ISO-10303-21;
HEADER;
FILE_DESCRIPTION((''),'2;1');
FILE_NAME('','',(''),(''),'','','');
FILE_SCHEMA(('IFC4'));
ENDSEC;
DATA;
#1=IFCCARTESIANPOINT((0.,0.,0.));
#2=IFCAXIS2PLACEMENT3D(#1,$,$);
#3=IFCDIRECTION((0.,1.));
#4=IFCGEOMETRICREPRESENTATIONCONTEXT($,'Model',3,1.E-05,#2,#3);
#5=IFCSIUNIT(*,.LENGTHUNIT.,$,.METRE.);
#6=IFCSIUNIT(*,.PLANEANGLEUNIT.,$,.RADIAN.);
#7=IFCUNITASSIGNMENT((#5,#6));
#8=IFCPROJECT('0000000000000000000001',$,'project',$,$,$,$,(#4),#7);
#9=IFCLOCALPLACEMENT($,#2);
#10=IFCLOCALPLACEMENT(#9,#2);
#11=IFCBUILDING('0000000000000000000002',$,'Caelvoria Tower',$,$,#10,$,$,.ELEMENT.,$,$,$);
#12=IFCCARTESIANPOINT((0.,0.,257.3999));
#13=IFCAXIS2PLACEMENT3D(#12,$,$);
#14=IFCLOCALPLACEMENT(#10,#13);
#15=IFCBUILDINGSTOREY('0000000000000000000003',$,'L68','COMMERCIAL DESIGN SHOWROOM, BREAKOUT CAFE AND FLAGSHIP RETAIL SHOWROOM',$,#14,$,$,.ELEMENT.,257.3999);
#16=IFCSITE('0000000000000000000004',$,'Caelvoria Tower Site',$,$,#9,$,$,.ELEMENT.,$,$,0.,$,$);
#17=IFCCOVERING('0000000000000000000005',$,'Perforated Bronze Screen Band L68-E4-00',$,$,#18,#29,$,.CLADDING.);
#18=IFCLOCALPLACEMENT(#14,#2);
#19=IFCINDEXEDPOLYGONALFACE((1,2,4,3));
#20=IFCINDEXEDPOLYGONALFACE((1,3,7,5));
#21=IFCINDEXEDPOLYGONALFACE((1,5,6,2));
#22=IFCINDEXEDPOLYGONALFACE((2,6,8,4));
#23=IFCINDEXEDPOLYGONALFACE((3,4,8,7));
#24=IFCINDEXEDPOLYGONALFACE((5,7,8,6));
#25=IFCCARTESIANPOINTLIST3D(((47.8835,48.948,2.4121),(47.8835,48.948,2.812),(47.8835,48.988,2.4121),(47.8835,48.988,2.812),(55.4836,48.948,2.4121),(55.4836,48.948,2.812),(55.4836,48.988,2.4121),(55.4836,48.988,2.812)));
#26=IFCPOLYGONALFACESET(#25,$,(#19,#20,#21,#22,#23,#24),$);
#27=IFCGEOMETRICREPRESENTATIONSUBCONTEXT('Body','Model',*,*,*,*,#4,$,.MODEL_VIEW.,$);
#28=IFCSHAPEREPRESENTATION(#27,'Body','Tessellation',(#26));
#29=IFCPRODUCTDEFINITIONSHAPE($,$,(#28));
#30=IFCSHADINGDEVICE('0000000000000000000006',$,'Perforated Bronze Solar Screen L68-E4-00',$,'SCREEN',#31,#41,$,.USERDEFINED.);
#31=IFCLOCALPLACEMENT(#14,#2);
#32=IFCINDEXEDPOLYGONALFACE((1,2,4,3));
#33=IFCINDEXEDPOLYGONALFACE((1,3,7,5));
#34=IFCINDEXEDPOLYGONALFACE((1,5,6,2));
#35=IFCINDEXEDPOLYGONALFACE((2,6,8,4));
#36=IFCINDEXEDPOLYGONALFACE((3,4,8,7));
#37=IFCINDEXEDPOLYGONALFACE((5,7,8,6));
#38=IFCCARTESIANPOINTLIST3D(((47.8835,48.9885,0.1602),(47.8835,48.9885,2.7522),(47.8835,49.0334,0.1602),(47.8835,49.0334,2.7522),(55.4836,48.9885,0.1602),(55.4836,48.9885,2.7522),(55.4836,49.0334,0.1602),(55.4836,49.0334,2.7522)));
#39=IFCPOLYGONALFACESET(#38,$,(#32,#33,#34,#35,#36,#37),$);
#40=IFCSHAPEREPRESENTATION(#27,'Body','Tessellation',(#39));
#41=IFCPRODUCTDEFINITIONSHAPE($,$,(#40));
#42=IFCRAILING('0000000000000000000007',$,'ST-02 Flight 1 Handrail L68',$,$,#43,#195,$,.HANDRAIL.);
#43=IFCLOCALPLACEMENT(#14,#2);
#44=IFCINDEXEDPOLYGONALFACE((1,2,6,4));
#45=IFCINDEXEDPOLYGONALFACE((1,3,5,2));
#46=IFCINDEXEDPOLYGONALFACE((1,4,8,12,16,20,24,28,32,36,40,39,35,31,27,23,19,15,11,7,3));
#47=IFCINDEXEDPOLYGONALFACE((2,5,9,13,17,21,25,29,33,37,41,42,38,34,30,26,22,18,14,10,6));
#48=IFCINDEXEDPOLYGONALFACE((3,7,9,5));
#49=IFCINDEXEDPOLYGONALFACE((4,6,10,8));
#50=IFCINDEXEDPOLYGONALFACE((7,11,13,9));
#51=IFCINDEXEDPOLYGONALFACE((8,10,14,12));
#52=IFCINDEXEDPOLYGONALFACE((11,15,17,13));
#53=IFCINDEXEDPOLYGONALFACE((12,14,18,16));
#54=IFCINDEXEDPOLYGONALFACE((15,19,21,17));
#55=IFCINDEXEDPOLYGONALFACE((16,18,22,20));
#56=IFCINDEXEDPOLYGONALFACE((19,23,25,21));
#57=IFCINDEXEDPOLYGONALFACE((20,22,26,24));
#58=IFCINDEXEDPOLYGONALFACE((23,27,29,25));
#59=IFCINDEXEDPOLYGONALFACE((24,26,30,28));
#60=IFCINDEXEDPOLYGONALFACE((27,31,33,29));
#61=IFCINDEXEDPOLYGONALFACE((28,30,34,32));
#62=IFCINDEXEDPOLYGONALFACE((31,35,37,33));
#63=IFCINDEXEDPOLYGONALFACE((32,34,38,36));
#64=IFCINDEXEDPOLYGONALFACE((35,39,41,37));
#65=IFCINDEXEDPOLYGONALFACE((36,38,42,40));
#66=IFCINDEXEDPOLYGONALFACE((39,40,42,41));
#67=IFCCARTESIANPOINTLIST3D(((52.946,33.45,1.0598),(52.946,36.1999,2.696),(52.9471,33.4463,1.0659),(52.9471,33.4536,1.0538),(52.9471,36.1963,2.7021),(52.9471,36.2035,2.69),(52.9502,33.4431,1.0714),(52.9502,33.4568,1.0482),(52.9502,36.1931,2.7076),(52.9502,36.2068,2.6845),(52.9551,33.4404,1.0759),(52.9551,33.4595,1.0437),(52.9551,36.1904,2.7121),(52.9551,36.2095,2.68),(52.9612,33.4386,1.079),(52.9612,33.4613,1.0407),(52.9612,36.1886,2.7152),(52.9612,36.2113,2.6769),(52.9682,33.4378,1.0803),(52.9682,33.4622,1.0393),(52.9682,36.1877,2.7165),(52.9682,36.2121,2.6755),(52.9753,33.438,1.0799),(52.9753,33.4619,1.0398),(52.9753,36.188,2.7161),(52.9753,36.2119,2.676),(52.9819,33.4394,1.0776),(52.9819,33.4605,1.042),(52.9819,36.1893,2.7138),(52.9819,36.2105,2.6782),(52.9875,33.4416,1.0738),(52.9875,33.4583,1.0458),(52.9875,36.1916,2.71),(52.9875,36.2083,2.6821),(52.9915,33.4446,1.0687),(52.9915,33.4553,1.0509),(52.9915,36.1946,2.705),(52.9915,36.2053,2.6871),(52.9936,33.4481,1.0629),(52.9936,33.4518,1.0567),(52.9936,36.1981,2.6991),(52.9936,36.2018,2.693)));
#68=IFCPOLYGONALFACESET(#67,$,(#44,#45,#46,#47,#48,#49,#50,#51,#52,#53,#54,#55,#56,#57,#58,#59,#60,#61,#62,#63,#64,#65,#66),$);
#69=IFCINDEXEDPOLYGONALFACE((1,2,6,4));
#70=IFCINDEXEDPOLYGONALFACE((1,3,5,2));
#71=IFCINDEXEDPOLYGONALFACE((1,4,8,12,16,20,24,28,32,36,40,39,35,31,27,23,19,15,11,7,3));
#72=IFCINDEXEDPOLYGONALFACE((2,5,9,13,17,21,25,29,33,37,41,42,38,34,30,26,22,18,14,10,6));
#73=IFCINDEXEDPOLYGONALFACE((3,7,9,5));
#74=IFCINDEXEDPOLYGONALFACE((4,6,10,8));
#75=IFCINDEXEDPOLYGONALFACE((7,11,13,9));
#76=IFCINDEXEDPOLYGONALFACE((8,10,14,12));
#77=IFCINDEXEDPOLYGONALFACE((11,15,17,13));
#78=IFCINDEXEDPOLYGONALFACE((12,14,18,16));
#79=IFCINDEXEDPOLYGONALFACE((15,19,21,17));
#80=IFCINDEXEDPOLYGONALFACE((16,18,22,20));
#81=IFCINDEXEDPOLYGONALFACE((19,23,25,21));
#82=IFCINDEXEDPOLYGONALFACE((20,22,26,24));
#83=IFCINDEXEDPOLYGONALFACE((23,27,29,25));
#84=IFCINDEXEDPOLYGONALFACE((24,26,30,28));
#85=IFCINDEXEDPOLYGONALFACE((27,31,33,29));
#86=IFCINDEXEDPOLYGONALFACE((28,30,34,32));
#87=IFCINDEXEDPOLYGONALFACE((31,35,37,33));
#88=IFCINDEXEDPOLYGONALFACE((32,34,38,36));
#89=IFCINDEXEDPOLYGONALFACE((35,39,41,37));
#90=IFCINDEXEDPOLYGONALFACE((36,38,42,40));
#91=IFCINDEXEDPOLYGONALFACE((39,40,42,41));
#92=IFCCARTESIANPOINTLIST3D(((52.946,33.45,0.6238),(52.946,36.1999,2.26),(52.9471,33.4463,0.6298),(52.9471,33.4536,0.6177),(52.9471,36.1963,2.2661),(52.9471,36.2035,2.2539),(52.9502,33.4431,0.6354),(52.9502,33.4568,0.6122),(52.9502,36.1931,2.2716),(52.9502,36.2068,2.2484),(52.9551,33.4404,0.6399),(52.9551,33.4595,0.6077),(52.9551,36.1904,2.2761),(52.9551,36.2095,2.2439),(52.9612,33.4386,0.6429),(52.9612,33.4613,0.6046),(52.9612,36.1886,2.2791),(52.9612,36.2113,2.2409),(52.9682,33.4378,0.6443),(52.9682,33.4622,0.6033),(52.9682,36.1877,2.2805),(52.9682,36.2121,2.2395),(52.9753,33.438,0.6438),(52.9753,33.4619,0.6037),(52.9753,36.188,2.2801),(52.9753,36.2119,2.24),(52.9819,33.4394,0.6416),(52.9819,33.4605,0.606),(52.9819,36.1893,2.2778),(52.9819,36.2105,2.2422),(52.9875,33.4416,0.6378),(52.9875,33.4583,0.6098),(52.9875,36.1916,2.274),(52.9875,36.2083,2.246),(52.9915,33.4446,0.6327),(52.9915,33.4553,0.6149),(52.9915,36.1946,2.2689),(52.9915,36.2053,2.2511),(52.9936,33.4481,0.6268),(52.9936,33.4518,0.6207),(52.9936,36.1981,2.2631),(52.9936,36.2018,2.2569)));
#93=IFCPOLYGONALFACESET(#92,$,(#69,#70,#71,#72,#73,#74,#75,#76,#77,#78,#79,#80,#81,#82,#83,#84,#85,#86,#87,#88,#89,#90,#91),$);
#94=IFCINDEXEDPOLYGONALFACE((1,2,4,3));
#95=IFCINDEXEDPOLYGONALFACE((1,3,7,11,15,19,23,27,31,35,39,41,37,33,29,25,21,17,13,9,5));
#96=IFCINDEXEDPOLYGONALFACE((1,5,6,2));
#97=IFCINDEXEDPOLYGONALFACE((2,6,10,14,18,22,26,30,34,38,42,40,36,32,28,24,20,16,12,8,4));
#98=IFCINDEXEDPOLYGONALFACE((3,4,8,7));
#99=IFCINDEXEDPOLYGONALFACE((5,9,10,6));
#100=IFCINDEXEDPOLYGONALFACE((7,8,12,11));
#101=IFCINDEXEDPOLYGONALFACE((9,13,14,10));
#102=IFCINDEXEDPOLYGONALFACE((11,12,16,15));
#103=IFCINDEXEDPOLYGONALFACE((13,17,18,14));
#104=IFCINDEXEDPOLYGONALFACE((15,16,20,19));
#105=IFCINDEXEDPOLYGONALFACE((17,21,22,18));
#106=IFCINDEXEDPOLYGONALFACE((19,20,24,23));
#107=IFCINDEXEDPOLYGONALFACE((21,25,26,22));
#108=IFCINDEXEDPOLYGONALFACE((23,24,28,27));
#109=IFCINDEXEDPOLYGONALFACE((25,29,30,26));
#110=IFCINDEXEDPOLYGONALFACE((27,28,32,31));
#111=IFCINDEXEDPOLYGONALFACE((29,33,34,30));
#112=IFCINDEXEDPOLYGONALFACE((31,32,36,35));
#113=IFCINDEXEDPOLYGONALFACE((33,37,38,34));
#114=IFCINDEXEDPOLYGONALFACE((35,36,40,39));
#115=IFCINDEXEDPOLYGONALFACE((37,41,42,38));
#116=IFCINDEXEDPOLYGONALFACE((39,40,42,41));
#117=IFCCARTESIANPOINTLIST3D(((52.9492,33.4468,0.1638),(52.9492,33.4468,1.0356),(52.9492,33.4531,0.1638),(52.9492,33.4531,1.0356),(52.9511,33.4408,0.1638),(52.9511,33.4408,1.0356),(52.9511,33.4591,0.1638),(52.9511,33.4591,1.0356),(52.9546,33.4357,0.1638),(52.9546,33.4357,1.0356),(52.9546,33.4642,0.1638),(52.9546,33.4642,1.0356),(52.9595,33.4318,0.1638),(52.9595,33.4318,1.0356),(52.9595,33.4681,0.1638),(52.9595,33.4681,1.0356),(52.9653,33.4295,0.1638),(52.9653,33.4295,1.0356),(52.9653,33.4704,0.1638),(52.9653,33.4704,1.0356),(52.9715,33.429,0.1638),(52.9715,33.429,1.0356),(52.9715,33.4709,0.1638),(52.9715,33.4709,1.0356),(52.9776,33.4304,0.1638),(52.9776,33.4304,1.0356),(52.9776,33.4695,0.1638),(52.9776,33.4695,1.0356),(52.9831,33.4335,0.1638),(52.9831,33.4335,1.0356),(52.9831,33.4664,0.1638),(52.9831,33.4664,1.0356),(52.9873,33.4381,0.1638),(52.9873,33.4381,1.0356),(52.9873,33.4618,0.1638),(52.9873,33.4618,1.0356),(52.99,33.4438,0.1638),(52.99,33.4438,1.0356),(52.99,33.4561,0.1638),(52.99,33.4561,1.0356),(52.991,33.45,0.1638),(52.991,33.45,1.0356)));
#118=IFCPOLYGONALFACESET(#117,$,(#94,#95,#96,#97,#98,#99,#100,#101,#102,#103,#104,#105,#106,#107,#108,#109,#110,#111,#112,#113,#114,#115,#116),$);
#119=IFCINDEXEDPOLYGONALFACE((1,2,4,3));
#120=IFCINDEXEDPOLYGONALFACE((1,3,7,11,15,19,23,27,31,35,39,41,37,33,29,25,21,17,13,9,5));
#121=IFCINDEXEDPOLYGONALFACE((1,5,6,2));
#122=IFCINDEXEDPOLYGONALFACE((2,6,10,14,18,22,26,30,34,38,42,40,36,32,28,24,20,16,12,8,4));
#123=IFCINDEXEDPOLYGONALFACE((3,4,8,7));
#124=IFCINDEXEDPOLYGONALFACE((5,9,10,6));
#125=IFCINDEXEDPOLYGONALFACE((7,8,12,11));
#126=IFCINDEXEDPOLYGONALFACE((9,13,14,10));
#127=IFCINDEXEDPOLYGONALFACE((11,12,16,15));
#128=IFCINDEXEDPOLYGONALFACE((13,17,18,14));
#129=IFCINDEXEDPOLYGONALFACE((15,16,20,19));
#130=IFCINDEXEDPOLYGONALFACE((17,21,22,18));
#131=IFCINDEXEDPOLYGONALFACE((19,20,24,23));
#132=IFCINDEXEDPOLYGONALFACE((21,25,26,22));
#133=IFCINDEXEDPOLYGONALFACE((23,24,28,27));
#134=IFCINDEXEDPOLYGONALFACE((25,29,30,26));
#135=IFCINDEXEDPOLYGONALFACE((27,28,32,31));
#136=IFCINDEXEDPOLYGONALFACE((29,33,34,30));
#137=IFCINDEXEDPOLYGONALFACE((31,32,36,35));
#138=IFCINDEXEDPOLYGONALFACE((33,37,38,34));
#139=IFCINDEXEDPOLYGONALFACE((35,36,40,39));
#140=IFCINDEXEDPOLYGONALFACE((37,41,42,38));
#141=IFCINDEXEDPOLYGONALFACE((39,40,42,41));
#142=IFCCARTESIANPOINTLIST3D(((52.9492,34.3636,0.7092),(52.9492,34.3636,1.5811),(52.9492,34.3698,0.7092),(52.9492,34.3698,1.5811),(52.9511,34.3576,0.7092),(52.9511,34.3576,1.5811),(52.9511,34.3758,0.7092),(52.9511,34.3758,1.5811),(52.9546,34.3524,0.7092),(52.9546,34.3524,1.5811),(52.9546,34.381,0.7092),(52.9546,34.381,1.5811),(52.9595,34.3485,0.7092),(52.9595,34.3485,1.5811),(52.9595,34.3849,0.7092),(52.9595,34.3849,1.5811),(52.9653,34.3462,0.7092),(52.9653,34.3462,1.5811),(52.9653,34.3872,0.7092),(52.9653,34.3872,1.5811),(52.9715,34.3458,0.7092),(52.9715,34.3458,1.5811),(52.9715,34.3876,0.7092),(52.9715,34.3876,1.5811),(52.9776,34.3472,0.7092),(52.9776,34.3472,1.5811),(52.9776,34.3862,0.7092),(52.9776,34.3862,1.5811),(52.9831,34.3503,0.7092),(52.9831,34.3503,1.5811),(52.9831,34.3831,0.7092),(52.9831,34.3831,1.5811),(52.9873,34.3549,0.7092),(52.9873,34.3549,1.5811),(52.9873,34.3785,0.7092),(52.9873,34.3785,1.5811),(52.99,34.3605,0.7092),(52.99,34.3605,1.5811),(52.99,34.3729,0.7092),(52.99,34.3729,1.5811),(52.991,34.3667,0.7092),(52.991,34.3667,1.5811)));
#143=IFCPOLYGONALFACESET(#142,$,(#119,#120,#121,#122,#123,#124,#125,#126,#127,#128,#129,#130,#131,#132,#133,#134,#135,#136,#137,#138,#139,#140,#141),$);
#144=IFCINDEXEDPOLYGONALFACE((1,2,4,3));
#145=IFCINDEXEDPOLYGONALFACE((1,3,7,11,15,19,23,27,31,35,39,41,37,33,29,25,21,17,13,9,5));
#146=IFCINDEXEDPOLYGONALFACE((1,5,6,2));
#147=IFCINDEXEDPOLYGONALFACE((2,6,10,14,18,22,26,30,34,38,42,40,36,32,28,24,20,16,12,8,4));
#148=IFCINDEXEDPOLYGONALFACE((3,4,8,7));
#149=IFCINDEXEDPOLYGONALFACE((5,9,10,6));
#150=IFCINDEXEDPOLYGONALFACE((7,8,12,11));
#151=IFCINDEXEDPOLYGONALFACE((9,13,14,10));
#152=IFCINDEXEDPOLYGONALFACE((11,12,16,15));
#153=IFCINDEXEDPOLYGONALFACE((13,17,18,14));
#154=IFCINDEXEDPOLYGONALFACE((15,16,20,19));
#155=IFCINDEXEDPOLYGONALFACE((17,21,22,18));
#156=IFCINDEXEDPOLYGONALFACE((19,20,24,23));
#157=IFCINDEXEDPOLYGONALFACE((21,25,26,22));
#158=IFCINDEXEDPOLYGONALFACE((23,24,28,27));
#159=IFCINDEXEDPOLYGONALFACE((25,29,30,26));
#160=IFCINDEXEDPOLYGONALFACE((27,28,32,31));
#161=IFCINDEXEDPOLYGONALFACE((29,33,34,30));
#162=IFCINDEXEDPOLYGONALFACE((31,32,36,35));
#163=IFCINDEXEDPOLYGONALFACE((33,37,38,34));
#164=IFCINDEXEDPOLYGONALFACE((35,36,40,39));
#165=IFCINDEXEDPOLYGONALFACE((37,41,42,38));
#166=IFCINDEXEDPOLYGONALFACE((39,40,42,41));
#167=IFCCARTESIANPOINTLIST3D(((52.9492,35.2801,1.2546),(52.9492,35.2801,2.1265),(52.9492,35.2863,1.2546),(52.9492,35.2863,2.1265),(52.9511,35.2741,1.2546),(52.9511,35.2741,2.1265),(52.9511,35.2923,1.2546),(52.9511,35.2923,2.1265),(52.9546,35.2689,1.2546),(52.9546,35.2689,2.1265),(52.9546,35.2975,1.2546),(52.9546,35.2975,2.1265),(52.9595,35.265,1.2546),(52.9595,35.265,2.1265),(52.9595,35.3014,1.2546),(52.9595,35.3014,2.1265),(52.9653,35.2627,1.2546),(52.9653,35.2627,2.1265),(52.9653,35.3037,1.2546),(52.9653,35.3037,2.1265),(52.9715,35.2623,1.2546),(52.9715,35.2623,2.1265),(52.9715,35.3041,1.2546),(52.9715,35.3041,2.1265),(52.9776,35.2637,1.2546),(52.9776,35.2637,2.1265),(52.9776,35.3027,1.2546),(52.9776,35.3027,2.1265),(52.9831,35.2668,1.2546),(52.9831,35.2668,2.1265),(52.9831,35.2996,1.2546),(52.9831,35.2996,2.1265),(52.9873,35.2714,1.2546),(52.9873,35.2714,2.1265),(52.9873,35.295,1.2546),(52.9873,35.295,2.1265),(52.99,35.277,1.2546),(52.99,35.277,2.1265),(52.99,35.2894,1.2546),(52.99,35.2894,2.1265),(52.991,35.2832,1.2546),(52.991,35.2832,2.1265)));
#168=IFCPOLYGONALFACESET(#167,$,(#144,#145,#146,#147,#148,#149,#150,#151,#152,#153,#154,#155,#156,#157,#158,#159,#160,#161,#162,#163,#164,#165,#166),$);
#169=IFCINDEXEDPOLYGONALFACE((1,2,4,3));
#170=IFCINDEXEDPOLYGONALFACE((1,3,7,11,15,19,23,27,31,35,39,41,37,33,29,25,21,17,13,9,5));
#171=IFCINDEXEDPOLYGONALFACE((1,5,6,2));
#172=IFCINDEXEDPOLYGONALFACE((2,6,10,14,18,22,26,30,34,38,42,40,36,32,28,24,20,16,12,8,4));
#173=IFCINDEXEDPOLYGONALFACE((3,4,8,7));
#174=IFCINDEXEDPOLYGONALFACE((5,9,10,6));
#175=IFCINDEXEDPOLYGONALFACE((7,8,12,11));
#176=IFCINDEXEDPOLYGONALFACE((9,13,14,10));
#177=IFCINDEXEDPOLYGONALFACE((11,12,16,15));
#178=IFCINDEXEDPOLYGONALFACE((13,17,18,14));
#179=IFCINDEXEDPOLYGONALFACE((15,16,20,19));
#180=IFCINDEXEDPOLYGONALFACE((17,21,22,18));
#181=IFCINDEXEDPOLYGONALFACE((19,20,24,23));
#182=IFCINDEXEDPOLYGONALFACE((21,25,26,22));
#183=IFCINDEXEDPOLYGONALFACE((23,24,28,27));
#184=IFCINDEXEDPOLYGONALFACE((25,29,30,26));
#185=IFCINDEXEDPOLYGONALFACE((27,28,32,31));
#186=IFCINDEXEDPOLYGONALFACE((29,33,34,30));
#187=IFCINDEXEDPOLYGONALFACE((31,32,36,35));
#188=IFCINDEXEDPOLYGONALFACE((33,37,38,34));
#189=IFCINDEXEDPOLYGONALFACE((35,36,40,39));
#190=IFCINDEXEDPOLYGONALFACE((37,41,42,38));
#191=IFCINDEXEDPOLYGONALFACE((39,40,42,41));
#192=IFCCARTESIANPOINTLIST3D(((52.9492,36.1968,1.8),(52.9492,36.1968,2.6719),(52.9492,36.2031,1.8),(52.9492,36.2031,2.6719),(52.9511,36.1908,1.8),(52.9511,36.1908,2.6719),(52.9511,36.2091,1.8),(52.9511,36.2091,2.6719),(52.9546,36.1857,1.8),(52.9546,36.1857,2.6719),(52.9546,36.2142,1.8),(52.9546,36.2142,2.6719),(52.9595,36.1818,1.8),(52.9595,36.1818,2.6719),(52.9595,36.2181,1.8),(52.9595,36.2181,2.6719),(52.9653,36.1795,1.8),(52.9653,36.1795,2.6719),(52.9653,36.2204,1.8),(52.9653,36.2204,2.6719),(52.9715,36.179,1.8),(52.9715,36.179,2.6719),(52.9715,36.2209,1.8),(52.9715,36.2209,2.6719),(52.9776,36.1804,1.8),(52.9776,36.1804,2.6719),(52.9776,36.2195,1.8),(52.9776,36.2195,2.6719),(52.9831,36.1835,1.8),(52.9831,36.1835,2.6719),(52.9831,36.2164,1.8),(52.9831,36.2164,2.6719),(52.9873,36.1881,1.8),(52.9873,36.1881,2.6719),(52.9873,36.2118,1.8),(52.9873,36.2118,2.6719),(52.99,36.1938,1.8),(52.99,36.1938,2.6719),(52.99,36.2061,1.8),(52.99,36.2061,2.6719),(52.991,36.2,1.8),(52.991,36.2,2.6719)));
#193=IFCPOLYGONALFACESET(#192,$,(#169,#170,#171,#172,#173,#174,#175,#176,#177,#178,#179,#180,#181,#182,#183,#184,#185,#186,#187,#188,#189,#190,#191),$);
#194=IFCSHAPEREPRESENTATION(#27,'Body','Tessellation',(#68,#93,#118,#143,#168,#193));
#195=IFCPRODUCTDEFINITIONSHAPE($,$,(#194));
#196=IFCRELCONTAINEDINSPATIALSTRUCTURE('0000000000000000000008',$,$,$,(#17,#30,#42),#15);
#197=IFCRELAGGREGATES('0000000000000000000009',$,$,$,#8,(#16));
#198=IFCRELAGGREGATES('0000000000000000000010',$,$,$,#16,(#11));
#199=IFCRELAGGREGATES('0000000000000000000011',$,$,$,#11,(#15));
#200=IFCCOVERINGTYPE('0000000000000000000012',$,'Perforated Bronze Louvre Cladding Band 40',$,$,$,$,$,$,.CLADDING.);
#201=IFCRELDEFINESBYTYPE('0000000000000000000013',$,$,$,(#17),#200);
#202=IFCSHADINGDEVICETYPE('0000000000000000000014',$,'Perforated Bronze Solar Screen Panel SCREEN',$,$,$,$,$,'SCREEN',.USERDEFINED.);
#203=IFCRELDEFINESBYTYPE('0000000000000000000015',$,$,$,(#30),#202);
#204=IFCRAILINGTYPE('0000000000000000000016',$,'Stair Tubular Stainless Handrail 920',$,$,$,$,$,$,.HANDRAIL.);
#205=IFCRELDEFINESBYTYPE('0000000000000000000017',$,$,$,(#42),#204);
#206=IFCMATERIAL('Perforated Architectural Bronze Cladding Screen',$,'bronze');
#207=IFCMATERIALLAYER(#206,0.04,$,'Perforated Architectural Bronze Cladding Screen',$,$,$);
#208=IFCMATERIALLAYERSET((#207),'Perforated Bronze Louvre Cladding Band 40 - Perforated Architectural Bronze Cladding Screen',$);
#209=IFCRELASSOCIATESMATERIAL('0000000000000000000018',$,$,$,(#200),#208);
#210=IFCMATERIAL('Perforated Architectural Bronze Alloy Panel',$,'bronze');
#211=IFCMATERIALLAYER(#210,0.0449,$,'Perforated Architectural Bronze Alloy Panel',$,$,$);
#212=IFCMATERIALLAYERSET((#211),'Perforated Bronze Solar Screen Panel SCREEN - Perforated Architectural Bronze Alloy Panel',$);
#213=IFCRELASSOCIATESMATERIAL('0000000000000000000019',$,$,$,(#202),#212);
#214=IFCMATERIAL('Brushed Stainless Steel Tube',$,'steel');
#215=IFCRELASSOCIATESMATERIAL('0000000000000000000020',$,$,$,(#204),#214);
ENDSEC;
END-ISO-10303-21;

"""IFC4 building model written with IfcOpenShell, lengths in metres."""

from ifc_helpers import new_model, si_unit, direction, frame, origin, origin_2d, place, context, subcontext, project, spatial, rectangle, circle, extrude, material, layer, layer_set, type_object, element, save


model = new_model("IFC4")

# Units and contexts
model_context = context("Model", 3, precision=1e-05, world=origin(), true_north=direction((0.0, 1.0)))
body_context = subcontext(model_context, "Body", "Model", "MODEL_VIEW")
ifc_project = project(units=[si_unit("LENGTHUNIT", "METRE"), si_unit("PLANEANGLEUNIT", "RADIAN")], contexts=[model_context])

# Site, building, storey
site_placement = place(None, origin())
site = spatial("IfcSite", under=ifc_project, at=site_placement, Name="Caelvoria Tower Site", CompositionType="ELEMENT", RefElevation=0.0)
building_placement = place(site_placement, origin())
building = spatial("IfcBuilding", under=site, at=building_placement, Name="Caelvoria Tower", CompositionType="ELEMENT")
storey_placement = place(building_placement, frame((0.0, 0.0, 257.3999)))
storey = spatial("IfcBuildingStorey", under=building, at=storey_placement, Name="L68", Description="COMMERCIAL DESIGN SHOWROOM, BREAKOUT CAFE AND FLAGSHIP RETAIL SHOWROOM", CompositionType="ELEMENT", Elevation=257.3999)

# Covering
ifc_material_1 = material(Name="Perforated Architectural Bronze Cladding Screen", Category="bronze")
ifc_layer_1 = layer(ifc_material_1, 0.04, Name="Perforated Architectural Bronze Cladding Screen")
ifc_layer_set_1 = layer_set([ifc_layer_1], Name="Perforated Bronze Louvre Cladding Band 40 - Perforated Architectural Bronze Cladding Screen")
covering_type = type_object("IfcCoveringType", Name="Perforated Bronze Louvre Cladding Band 40", PredefinedType="CLADDING", material=ifc_layer_set_1)
covering_placement = place(storey_placement, frame((51.6836, 48.968, 2.4121), z_axis=(0.0, 0.0, 1.0), x_axis=(-1.0, 0.0, 0.0)))
element("IfcCovering", 1, at=covering_placement, inside=storey, type_object=covering_type, Name="Perforated Bronze Screen Band L68-E4-00", PredefinedType="CLADDING", context=body_context, shape_type="SweptSolid", body=[
    extrude(rectangle(XDim=7.6001, YDim=0.04, at=origin_2d()), origin(), (0.0, 0.0, 1.0), 0.3999),
])

# Shading device
ifc_material_2 = material(Name="Perforated Architectural Bronze Alloy Panel", Category="bronze")
ifc_layer_2 = layer(ifc_material_2, 0.0449, Name="Perforated Architectural Bronze Alloy Panel")
ifc_layer_set_2 = layer_set([ifc_layer_2], Name="Perforated Bronze Solar Screen Panel SCREEN - Perforated Architectural Bronze Alloy Panel")
shading_device_type = type_object("IfcShadingDeviceType", Name="Perforated Bronze Solar Screen Panel SCREEN", ElementType="SCREEN", PredefinedType="USERDEFINED", material=ifc_layer_set_2)
shading_device_placement = place(storey_placement, frame((51.6836, 49.011, 0.1602), z_axis=(0.0, 0.0, 1.0), x_axis=(-1.0, 0.0, 0.0)))
element("IfcShadingDevice", 2, at=shading_device_placement, inside=storey, type_object=shading_device_type, Name="Perforated Bronze Solar Screen L68-E4-00", ObjectType="SCREEN", PredefinedType="USERDEFINED", context=body_context, shape_type="SweptSolid", body=[
    extrude(rectangle(XDim=7.6001, YDim=0.0449, at=origin_2d()), origin(), (0.0, 0.0, 1.0), 2.592),
])

# Railing
ifc_material_3 = material(Name="Brushed Stainless Steel Tube", Category="steel")
railing_type_1 = type_object("IfcRailingType", Name="Stair Tubular Stainless Handrail 920", PredefinedType="HANDRAIL", material=ifc_material_3)
railing_1_placement = place(storey_placement, frame((52.97, 33.45, 0.1638)))
element("IfcRailing", 3, at=railing_1_placement, inside=storey, type_object=railing_type_1, Name="ST-02 Flight 1 Handrail L68", PredefinedType="HANDRAIL", context=body_context, shape_type="SweptSolid", body=[
    extrude(circle(Radius=0.0239, at=origin_2d()), frame((0.0, 0.0, 0.896), z_axis=(0.0, 0.859385, 0.511328), x_axis=(-1.0, 0.0, 0.0)), (0.0, 0.0, 1.0), 3.2),
    extrude(circle(Radius=0.0239, at=origin_2d()), frame((0.0, 0.0, 0.46), z_axis=(0.0, 0.859385, 0.511328), x_axis=(-1.0, 0.0, 0.0)), (0.0, 0.0, 1.0), 3.2),
    extrude(circle(Radius=0.021, at=origin_2d()), origin(), (0.0, 0.0, 1.0), 0.8718),
    extrude(circle(Radius=0.021, at=origin_2d()), frame((0.0, 0.9167, 0.5454)), (0.0, 0.0, 1.0), 0.8718),
    extrude(circle(Radius=0.021, at=origin_2d()), frame((0.0, 1.8333, 1.0908)), (0.0, 0.0, 1.0), 0.8718),
    extrude(circle(Radius=0.021, at=origin_2d()), frame((0.0, 2.75, 1.6362)), (0.0, 0.0, 1.0), 0.8718),
])

save(model, "model.ifc")
